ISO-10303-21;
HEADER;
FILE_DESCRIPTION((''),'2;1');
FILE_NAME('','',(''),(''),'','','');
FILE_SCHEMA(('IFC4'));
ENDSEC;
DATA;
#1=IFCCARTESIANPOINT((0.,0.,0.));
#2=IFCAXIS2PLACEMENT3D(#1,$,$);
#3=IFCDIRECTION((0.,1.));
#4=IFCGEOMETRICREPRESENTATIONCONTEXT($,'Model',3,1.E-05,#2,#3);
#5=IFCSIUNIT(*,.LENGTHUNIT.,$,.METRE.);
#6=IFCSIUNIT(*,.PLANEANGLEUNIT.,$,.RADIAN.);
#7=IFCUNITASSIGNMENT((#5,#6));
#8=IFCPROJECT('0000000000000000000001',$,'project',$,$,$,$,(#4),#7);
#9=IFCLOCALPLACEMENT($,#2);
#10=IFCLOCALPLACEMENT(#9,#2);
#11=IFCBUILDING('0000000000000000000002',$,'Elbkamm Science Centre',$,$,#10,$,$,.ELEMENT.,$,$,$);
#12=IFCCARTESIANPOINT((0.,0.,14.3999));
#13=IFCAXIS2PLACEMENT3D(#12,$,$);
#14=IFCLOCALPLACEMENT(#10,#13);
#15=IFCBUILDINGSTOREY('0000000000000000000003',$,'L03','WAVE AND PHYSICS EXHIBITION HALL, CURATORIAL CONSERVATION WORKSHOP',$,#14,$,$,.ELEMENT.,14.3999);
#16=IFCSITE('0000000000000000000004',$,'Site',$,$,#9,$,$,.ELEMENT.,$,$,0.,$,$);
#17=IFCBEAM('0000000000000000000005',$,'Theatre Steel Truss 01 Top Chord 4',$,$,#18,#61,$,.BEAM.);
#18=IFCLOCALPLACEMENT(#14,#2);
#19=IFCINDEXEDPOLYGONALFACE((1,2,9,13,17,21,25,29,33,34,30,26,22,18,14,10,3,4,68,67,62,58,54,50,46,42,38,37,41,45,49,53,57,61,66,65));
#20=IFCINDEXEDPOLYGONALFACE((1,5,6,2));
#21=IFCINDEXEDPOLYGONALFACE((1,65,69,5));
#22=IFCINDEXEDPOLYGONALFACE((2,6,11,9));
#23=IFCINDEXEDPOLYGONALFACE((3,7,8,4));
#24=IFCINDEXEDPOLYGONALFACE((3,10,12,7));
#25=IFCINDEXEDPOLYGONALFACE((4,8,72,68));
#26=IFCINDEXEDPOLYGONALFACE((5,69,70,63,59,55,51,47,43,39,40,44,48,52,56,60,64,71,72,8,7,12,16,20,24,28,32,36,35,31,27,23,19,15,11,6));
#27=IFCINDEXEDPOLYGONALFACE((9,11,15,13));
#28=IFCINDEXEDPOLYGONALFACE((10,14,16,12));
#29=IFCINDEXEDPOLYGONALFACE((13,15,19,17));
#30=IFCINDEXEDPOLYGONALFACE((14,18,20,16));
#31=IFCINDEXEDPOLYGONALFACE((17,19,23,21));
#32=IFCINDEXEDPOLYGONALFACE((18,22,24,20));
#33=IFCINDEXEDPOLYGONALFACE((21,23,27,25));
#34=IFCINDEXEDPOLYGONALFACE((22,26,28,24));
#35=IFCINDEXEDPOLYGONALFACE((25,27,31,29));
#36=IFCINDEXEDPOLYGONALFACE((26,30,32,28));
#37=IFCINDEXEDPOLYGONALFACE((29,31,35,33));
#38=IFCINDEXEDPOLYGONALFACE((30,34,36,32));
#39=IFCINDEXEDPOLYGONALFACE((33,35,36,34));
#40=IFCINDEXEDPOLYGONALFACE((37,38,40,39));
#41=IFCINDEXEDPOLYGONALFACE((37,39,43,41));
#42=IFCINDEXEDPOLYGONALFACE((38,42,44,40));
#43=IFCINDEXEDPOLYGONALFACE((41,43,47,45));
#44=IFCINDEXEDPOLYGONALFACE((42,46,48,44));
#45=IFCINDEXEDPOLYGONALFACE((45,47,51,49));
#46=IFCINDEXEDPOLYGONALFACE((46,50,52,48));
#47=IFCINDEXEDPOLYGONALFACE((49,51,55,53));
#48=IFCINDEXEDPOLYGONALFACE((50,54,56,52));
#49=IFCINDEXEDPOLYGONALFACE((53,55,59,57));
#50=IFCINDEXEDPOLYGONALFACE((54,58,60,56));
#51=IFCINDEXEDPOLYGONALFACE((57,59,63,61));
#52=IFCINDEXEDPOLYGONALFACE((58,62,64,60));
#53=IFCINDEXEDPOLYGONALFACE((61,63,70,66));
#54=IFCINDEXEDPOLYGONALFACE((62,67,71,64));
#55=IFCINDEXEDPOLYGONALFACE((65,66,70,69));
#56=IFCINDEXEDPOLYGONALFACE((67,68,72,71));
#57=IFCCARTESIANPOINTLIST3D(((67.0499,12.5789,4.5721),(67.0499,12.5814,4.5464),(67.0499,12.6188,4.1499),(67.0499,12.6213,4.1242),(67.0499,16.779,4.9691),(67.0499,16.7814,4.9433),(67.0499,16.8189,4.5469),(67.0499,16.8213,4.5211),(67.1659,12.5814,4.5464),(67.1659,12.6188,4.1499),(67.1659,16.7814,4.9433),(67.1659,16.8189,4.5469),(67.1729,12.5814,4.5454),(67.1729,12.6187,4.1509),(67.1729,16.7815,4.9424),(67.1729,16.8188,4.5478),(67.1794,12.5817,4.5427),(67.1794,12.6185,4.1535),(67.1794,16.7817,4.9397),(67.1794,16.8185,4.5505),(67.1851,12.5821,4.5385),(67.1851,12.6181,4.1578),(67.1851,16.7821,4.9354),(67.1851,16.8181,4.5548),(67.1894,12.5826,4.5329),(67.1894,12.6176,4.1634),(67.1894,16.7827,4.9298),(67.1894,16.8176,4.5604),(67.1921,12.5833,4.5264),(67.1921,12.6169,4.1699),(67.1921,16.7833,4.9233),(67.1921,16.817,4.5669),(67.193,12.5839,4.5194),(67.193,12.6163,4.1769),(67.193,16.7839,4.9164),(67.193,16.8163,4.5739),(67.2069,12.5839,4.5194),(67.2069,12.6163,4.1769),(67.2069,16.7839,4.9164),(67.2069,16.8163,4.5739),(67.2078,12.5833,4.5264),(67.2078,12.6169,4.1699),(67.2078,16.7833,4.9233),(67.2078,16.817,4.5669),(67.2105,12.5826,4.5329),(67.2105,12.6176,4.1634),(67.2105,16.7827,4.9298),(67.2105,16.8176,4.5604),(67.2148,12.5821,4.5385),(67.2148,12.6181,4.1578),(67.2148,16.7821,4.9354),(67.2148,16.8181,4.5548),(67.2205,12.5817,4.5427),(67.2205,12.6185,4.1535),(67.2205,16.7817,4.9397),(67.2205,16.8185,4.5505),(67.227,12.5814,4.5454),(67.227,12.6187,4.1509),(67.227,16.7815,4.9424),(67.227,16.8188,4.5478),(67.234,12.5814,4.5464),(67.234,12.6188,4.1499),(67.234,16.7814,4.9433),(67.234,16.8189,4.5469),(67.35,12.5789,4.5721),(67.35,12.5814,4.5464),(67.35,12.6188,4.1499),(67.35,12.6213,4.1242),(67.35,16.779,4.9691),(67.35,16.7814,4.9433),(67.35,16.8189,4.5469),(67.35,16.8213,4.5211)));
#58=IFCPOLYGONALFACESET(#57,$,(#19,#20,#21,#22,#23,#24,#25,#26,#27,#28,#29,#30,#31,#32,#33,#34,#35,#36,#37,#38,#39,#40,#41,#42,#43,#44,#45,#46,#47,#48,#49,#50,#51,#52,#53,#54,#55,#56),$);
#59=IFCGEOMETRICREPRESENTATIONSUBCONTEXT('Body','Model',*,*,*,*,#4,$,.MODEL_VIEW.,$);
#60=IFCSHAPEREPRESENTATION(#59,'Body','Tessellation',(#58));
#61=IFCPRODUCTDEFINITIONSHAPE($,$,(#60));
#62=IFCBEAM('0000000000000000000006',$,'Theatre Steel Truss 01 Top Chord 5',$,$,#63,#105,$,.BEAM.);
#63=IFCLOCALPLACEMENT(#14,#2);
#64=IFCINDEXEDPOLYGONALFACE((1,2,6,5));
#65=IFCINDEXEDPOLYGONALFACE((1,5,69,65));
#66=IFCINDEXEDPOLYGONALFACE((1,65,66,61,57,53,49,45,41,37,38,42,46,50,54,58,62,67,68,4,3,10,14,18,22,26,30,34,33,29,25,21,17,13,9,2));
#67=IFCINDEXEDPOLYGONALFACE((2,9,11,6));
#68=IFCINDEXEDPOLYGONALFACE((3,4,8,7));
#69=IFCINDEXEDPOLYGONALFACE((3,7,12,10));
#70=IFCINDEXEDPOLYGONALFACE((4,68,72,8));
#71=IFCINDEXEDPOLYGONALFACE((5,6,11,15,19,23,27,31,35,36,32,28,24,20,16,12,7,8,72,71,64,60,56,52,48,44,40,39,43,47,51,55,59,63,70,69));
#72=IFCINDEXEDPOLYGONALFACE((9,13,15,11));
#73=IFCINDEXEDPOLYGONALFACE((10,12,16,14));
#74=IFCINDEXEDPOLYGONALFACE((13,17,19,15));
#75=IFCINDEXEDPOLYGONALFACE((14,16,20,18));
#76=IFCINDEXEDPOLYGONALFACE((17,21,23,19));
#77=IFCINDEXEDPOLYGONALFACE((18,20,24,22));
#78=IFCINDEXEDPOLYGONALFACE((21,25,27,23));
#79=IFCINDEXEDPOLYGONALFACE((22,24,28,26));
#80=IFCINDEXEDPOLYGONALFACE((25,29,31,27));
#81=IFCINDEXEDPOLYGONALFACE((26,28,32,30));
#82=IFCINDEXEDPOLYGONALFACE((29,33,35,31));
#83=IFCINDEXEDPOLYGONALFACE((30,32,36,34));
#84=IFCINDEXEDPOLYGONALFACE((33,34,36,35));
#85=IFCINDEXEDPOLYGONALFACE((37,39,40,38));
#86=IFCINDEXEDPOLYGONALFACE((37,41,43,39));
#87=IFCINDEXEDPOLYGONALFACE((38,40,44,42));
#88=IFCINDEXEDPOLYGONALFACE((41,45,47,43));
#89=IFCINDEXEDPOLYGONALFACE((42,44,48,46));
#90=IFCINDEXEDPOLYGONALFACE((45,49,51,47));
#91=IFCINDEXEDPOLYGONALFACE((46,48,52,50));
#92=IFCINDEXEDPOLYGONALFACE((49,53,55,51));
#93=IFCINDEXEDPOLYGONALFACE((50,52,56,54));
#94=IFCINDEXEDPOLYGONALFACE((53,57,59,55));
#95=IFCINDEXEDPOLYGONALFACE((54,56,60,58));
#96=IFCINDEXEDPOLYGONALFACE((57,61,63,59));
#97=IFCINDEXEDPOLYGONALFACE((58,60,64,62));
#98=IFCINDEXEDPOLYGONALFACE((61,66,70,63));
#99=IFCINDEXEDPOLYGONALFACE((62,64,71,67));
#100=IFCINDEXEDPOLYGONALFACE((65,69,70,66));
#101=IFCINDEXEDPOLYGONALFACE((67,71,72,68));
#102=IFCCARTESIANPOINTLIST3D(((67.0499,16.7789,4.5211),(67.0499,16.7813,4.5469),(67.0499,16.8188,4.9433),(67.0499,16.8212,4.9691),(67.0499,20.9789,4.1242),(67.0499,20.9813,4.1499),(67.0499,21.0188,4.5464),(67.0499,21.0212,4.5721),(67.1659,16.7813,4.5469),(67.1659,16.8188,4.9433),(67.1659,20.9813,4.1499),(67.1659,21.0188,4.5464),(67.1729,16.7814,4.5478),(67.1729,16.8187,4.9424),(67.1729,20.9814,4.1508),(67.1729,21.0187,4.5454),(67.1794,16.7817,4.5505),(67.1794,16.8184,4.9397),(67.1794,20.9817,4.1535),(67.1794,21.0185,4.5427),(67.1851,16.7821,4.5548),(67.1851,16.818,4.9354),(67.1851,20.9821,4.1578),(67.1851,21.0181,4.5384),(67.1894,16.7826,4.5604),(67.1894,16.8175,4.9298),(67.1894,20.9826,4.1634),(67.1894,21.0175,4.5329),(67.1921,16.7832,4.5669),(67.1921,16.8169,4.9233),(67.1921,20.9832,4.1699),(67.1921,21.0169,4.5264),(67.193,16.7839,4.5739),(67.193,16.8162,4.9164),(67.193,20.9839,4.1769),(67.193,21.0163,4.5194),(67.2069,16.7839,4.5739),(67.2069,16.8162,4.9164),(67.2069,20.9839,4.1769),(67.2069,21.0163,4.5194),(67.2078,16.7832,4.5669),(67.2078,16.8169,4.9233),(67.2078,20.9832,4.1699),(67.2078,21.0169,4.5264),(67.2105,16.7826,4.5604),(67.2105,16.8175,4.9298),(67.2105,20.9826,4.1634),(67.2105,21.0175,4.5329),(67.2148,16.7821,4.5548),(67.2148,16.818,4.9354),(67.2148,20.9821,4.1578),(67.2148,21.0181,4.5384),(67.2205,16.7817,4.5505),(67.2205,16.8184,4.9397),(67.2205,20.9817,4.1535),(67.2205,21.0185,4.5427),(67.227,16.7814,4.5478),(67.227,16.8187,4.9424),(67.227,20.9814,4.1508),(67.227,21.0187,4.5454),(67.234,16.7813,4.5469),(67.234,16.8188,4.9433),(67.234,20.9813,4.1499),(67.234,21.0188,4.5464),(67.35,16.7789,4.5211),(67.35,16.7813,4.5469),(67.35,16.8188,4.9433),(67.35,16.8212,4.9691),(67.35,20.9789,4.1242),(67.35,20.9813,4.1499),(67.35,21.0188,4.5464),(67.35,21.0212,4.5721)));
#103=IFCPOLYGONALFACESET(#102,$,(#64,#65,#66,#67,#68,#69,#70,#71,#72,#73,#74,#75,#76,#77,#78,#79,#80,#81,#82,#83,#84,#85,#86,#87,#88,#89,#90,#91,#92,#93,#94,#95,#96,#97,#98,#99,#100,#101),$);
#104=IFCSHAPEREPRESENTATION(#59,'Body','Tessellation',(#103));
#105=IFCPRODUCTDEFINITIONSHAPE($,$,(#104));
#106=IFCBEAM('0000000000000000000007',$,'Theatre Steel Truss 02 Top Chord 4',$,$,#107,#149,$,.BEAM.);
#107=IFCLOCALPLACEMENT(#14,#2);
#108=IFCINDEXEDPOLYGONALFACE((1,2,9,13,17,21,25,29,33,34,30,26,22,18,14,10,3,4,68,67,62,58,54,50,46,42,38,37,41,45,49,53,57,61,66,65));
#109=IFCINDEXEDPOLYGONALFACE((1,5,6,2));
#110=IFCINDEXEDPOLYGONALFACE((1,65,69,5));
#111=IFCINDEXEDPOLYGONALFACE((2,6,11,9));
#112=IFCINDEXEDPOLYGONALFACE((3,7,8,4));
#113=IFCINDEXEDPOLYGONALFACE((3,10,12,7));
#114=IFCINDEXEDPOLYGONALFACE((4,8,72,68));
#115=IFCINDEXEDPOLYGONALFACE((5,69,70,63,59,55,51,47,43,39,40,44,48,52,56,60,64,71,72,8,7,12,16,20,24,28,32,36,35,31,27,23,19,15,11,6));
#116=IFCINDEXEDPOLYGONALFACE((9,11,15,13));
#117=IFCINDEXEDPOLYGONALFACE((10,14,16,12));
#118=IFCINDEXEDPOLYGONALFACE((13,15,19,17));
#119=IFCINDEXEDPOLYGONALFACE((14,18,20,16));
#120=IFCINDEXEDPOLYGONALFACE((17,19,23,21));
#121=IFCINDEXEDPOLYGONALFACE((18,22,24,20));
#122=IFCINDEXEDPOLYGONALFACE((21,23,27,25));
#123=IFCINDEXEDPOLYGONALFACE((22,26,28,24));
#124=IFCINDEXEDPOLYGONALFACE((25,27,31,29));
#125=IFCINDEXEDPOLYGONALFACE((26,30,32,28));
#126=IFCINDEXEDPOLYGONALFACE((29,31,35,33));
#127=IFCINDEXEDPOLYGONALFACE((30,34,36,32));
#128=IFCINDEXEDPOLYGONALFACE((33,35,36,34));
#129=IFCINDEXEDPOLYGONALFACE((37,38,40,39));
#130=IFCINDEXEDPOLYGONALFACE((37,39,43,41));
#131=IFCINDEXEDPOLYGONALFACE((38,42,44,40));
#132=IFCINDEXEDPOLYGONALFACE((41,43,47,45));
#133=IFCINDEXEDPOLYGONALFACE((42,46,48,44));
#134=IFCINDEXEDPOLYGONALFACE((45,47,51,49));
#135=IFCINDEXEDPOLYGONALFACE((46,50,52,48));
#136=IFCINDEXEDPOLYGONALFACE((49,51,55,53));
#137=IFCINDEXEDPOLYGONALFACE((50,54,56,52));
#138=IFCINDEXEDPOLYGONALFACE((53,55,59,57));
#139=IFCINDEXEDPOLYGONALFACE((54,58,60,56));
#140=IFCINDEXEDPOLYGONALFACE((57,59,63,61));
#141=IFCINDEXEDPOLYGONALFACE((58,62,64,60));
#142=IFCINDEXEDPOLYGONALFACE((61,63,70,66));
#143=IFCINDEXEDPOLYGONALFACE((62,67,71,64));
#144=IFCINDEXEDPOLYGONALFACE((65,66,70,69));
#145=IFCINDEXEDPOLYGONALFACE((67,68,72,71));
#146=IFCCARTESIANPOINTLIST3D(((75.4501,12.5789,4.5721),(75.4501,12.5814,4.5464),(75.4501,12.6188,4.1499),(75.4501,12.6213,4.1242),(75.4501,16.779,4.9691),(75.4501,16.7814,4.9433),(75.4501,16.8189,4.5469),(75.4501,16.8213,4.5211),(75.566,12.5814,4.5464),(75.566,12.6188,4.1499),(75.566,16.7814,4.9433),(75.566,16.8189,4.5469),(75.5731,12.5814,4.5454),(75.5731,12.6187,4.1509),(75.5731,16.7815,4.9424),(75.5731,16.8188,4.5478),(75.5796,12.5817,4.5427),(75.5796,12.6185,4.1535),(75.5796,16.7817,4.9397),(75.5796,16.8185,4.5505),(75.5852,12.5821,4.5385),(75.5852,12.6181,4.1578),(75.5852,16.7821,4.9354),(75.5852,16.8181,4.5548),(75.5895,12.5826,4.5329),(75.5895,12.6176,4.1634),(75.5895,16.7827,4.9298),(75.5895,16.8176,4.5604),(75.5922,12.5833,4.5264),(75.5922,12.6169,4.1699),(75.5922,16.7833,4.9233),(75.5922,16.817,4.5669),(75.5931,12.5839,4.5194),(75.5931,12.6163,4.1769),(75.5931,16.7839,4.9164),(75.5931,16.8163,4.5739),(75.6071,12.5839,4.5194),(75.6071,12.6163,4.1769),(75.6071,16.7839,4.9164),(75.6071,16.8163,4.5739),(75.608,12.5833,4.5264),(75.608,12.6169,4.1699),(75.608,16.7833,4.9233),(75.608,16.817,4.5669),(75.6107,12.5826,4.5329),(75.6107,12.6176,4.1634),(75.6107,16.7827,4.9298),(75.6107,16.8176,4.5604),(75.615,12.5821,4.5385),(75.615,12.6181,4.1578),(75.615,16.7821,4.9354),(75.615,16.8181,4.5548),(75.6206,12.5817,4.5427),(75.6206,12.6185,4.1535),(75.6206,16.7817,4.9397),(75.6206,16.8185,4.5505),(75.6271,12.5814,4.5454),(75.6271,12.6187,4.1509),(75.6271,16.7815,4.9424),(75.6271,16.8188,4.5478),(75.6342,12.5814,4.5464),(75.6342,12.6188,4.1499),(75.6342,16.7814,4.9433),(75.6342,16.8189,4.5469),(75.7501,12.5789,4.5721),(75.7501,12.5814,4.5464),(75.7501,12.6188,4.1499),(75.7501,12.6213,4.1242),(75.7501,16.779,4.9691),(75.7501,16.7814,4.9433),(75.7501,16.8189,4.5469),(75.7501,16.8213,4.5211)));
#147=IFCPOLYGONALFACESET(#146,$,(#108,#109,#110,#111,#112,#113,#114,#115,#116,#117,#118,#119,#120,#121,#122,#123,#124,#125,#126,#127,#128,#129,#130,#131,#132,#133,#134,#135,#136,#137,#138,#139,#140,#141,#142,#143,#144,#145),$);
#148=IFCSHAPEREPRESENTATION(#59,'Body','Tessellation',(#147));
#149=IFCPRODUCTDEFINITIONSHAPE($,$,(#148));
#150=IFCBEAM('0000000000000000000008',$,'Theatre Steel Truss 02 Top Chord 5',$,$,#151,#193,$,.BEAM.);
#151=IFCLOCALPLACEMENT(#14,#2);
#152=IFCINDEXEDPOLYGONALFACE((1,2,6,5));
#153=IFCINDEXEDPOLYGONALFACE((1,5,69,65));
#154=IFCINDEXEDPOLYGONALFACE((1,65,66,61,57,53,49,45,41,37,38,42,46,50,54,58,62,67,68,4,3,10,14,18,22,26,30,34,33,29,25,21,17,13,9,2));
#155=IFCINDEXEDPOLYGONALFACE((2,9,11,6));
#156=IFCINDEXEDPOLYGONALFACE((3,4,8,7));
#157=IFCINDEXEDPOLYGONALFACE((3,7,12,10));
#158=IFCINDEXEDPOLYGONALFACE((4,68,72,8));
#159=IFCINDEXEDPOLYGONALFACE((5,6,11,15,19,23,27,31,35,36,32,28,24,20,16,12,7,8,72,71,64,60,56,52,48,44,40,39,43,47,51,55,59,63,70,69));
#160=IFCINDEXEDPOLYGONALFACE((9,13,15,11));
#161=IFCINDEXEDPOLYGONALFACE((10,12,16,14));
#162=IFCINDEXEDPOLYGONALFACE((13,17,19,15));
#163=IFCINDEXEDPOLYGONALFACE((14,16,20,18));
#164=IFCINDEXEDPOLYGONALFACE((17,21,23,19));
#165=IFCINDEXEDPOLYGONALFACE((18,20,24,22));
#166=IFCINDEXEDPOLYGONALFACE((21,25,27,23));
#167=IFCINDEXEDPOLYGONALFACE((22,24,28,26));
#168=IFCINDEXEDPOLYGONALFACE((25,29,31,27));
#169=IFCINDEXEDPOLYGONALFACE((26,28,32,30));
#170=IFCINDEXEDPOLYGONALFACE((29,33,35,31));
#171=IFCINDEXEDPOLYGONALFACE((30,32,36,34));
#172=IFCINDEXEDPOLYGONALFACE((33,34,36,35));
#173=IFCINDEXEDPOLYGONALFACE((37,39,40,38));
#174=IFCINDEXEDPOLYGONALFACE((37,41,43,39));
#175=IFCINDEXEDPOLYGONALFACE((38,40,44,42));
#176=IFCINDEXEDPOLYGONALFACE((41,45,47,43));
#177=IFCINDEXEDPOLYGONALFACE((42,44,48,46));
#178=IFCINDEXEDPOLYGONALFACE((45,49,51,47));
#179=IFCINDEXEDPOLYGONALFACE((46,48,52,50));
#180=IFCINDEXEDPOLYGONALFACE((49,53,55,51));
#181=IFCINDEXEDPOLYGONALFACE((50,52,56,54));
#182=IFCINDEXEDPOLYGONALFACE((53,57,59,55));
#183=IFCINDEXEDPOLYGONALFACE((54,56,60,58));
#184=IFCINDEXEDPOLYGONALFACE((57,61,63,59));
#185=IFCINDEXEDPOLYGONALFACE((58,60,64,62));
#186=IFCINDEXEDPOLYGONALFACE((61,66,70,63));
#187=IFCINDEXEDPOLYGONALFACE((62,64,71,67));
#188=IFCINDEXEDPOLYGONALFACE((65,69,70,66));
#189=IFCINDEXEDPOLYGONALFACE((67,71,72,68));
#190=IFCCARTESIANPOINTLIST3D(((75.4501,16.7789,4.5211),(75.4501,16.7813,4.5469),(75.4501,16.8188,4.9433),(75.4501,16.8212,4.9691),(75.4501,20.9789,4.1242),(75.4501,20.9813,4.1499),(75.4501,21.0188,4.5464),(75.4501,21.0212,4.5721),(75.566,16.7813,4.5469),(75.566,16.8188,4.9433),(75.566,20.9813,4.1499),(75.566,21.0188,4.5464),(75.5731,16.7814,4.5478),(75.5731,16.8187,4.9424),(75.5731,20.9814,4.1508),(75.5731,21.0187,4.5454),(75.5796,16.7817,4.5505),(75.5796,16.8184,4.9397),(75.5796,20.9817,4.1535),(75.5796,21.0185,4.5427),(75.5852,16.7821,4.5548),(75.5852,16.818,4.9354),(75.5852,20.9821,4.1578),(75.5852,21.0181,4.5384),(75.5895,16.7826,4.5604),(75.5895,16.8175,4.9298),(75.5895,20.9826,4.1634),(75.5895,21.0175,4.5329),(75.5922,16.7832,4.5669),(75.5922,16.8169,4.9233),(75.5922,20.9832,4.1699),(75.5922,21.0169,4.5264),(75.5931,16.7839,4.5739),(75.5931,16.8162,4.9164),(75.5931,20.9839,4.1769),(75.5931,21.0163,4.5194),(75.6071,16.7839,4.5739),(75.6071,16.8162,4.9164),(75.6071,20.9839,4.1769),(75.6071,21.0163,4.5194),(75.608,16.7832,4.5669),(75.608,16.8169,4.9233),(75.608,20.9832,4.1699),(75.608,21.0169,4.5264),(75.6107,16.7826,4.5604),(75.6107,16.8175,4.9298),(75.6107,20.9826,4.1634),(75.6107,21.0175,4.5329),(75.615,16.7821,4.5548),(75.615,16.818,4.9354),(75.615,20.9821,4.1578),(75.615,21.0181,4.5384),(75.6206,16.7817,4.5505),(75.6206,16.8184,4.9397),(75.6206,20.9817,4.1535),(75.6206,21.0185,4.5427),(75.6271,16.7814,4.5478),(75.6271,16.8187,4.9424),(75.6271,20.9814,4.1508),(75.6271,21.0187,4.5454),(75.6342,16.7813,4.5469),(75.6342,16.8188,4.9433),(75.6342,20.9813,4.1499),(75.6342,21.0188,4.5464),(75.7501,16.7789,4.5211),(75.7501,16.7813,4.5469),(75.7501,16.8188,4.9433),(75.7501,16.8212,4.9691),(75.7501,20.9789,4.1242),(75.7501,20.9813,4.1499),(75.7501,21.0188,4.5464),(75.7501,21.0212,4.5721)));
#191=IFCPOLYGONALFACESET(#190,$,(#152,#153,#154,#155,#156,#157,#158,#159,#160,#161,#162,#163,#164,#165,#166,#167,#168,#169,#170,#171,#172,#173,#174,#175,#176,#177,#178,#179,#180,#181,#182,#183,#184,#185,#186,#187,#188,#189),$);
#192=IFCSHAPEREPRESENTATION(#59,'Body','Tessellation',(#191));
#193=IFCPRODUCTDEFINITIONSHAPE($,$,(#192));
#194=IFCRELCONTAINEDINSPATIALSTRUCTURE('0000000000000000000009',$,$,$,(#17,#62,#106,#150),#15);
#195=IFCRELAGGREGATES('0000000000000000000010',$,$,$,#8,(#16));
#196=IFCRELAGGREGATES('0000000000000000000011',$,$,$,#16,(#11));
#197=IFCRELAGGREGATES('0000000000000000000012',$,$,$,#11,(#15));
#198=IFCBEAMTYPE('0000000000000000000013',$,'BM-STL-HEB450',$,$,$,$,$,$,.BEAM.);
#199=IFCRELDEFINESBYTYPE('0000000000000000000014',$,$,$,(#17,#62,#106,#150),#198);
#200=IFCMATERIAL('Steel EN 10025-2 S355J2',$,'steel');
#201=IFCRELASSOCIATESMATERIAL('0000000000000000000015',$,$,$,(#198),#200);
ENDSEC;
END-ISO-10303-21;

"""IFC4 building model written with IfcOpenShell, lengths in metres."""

from ifc_helpers import new_model, si_unit, direction, frame, origin, origin_2d, place, context, subcontext, project, spatial, i_section, extrude, material, material_profile, profile_set, type_object, element, save


model = new_model("IFC4")

# Units and contexts
model_context = context("Model", 3, precision=1e-05, world=origin(), true_north=direction((0.0, 1.0)))
body_context = subcontext(model_context, "Body", "Model", "MODEL_VIEW")
ifc_project = project(units=[si_unit("LENGTHUNIT", "METRE"), si_unit("PLANEANGLEUNIT", "RADIAN")], contexts=[model_context])

# Site, building, storey
site_placement = place(None, origin())
site = spatial("IfcSite", under=ifc_project, at=site_placement, Name="Site", CompositionType="ELEMENT", RefElevation=0.0)
building_placement = place(site_placement, origin())
building = spatial("IfcBuilding", under=site, at=building_placement, Name="Elbkamm Science Centre", CompositionType="ELEMENT")
storey_placement = place(building_placement, frame((0.0, 0.0, 14.3999)))
storey = spatial("IfcBuildingStorey", under=building, at=storey_placement, Name="L03", Description="WAVE AND PHYSICS EXHIBITION HALL, CURATORIAL CONSERVATION WORKSHOP", CompositionType="ELEMENT", Elevation=14.3999)

# Beams
ifc_material = material(Name="Steel EN 10025-2 S355J2", Category="steel")
ifc_material_profile_1 = material_profile(ifc_material, i_section(OverallWidth=0.3, OverallDepth=0.45, WebThickness=0.0139, FlangeThickness=0.0259, FilletRadius=0.0271, at=origin_2d()), Name="HEB 450")
ifc_profile_set_1 = profile_set([ifc_material_profile_1], Name="Steel EN 10025-2 S355J2")
beam_type = type_object("IfcBeamType", Name="BM-STL-HEB450", PredefinedType="BEAM", material=ifc_profile_set_1)
for number, where, z_axis, x_axis, name in (
    (1, (67.2, 12.6001, 4.3481), (0.0, 0.995563, 0.094099), (-1.0, 0.0, 0.0), "Theatre Steel Truss 01 Top Chord 4"),
    (2, (67.2, 16.8, 4.7451), (0.0, 0.995563, -0.094099), (-1.0, 0.0, 0.0), "Theatre Steel Truss 01 Top Chord 5"),
    (3, (75.6001, 12.6001, 4.3481), (0.0, 0.995563, 0.094099), (-1.0, 0.0, 0.0), "Theatre Steel Truss 02 Top Chord 4"),
    (4, (75.6001, 16.8, 4.7451), (0.0, 0.995563, -0.094099), (-1.0, 0.0, 0.0), "Theatre Steel Truss 02 Top Chord 5"),
):
    element("IfcBeam", number, at=place(storey_placement, frame(where, z_axis=z_axis, x_axis=x_axis)), inside=storey, type_object=beam_type, Name=name, PredefinedType="BEAM", context=body_context, shape_type="SweptSolid", body=[
        extrude(i_section(OverallWidth=0.3, OverallDepth=0.45, WebThickness=0.0139, FlangeThickness=0.0259, FilletRadius=0.0271, at=origin_2d()), origin(), (0.0, 0.0, 1.0), 4.2188),
    ])

save(model, "model.ifc")
